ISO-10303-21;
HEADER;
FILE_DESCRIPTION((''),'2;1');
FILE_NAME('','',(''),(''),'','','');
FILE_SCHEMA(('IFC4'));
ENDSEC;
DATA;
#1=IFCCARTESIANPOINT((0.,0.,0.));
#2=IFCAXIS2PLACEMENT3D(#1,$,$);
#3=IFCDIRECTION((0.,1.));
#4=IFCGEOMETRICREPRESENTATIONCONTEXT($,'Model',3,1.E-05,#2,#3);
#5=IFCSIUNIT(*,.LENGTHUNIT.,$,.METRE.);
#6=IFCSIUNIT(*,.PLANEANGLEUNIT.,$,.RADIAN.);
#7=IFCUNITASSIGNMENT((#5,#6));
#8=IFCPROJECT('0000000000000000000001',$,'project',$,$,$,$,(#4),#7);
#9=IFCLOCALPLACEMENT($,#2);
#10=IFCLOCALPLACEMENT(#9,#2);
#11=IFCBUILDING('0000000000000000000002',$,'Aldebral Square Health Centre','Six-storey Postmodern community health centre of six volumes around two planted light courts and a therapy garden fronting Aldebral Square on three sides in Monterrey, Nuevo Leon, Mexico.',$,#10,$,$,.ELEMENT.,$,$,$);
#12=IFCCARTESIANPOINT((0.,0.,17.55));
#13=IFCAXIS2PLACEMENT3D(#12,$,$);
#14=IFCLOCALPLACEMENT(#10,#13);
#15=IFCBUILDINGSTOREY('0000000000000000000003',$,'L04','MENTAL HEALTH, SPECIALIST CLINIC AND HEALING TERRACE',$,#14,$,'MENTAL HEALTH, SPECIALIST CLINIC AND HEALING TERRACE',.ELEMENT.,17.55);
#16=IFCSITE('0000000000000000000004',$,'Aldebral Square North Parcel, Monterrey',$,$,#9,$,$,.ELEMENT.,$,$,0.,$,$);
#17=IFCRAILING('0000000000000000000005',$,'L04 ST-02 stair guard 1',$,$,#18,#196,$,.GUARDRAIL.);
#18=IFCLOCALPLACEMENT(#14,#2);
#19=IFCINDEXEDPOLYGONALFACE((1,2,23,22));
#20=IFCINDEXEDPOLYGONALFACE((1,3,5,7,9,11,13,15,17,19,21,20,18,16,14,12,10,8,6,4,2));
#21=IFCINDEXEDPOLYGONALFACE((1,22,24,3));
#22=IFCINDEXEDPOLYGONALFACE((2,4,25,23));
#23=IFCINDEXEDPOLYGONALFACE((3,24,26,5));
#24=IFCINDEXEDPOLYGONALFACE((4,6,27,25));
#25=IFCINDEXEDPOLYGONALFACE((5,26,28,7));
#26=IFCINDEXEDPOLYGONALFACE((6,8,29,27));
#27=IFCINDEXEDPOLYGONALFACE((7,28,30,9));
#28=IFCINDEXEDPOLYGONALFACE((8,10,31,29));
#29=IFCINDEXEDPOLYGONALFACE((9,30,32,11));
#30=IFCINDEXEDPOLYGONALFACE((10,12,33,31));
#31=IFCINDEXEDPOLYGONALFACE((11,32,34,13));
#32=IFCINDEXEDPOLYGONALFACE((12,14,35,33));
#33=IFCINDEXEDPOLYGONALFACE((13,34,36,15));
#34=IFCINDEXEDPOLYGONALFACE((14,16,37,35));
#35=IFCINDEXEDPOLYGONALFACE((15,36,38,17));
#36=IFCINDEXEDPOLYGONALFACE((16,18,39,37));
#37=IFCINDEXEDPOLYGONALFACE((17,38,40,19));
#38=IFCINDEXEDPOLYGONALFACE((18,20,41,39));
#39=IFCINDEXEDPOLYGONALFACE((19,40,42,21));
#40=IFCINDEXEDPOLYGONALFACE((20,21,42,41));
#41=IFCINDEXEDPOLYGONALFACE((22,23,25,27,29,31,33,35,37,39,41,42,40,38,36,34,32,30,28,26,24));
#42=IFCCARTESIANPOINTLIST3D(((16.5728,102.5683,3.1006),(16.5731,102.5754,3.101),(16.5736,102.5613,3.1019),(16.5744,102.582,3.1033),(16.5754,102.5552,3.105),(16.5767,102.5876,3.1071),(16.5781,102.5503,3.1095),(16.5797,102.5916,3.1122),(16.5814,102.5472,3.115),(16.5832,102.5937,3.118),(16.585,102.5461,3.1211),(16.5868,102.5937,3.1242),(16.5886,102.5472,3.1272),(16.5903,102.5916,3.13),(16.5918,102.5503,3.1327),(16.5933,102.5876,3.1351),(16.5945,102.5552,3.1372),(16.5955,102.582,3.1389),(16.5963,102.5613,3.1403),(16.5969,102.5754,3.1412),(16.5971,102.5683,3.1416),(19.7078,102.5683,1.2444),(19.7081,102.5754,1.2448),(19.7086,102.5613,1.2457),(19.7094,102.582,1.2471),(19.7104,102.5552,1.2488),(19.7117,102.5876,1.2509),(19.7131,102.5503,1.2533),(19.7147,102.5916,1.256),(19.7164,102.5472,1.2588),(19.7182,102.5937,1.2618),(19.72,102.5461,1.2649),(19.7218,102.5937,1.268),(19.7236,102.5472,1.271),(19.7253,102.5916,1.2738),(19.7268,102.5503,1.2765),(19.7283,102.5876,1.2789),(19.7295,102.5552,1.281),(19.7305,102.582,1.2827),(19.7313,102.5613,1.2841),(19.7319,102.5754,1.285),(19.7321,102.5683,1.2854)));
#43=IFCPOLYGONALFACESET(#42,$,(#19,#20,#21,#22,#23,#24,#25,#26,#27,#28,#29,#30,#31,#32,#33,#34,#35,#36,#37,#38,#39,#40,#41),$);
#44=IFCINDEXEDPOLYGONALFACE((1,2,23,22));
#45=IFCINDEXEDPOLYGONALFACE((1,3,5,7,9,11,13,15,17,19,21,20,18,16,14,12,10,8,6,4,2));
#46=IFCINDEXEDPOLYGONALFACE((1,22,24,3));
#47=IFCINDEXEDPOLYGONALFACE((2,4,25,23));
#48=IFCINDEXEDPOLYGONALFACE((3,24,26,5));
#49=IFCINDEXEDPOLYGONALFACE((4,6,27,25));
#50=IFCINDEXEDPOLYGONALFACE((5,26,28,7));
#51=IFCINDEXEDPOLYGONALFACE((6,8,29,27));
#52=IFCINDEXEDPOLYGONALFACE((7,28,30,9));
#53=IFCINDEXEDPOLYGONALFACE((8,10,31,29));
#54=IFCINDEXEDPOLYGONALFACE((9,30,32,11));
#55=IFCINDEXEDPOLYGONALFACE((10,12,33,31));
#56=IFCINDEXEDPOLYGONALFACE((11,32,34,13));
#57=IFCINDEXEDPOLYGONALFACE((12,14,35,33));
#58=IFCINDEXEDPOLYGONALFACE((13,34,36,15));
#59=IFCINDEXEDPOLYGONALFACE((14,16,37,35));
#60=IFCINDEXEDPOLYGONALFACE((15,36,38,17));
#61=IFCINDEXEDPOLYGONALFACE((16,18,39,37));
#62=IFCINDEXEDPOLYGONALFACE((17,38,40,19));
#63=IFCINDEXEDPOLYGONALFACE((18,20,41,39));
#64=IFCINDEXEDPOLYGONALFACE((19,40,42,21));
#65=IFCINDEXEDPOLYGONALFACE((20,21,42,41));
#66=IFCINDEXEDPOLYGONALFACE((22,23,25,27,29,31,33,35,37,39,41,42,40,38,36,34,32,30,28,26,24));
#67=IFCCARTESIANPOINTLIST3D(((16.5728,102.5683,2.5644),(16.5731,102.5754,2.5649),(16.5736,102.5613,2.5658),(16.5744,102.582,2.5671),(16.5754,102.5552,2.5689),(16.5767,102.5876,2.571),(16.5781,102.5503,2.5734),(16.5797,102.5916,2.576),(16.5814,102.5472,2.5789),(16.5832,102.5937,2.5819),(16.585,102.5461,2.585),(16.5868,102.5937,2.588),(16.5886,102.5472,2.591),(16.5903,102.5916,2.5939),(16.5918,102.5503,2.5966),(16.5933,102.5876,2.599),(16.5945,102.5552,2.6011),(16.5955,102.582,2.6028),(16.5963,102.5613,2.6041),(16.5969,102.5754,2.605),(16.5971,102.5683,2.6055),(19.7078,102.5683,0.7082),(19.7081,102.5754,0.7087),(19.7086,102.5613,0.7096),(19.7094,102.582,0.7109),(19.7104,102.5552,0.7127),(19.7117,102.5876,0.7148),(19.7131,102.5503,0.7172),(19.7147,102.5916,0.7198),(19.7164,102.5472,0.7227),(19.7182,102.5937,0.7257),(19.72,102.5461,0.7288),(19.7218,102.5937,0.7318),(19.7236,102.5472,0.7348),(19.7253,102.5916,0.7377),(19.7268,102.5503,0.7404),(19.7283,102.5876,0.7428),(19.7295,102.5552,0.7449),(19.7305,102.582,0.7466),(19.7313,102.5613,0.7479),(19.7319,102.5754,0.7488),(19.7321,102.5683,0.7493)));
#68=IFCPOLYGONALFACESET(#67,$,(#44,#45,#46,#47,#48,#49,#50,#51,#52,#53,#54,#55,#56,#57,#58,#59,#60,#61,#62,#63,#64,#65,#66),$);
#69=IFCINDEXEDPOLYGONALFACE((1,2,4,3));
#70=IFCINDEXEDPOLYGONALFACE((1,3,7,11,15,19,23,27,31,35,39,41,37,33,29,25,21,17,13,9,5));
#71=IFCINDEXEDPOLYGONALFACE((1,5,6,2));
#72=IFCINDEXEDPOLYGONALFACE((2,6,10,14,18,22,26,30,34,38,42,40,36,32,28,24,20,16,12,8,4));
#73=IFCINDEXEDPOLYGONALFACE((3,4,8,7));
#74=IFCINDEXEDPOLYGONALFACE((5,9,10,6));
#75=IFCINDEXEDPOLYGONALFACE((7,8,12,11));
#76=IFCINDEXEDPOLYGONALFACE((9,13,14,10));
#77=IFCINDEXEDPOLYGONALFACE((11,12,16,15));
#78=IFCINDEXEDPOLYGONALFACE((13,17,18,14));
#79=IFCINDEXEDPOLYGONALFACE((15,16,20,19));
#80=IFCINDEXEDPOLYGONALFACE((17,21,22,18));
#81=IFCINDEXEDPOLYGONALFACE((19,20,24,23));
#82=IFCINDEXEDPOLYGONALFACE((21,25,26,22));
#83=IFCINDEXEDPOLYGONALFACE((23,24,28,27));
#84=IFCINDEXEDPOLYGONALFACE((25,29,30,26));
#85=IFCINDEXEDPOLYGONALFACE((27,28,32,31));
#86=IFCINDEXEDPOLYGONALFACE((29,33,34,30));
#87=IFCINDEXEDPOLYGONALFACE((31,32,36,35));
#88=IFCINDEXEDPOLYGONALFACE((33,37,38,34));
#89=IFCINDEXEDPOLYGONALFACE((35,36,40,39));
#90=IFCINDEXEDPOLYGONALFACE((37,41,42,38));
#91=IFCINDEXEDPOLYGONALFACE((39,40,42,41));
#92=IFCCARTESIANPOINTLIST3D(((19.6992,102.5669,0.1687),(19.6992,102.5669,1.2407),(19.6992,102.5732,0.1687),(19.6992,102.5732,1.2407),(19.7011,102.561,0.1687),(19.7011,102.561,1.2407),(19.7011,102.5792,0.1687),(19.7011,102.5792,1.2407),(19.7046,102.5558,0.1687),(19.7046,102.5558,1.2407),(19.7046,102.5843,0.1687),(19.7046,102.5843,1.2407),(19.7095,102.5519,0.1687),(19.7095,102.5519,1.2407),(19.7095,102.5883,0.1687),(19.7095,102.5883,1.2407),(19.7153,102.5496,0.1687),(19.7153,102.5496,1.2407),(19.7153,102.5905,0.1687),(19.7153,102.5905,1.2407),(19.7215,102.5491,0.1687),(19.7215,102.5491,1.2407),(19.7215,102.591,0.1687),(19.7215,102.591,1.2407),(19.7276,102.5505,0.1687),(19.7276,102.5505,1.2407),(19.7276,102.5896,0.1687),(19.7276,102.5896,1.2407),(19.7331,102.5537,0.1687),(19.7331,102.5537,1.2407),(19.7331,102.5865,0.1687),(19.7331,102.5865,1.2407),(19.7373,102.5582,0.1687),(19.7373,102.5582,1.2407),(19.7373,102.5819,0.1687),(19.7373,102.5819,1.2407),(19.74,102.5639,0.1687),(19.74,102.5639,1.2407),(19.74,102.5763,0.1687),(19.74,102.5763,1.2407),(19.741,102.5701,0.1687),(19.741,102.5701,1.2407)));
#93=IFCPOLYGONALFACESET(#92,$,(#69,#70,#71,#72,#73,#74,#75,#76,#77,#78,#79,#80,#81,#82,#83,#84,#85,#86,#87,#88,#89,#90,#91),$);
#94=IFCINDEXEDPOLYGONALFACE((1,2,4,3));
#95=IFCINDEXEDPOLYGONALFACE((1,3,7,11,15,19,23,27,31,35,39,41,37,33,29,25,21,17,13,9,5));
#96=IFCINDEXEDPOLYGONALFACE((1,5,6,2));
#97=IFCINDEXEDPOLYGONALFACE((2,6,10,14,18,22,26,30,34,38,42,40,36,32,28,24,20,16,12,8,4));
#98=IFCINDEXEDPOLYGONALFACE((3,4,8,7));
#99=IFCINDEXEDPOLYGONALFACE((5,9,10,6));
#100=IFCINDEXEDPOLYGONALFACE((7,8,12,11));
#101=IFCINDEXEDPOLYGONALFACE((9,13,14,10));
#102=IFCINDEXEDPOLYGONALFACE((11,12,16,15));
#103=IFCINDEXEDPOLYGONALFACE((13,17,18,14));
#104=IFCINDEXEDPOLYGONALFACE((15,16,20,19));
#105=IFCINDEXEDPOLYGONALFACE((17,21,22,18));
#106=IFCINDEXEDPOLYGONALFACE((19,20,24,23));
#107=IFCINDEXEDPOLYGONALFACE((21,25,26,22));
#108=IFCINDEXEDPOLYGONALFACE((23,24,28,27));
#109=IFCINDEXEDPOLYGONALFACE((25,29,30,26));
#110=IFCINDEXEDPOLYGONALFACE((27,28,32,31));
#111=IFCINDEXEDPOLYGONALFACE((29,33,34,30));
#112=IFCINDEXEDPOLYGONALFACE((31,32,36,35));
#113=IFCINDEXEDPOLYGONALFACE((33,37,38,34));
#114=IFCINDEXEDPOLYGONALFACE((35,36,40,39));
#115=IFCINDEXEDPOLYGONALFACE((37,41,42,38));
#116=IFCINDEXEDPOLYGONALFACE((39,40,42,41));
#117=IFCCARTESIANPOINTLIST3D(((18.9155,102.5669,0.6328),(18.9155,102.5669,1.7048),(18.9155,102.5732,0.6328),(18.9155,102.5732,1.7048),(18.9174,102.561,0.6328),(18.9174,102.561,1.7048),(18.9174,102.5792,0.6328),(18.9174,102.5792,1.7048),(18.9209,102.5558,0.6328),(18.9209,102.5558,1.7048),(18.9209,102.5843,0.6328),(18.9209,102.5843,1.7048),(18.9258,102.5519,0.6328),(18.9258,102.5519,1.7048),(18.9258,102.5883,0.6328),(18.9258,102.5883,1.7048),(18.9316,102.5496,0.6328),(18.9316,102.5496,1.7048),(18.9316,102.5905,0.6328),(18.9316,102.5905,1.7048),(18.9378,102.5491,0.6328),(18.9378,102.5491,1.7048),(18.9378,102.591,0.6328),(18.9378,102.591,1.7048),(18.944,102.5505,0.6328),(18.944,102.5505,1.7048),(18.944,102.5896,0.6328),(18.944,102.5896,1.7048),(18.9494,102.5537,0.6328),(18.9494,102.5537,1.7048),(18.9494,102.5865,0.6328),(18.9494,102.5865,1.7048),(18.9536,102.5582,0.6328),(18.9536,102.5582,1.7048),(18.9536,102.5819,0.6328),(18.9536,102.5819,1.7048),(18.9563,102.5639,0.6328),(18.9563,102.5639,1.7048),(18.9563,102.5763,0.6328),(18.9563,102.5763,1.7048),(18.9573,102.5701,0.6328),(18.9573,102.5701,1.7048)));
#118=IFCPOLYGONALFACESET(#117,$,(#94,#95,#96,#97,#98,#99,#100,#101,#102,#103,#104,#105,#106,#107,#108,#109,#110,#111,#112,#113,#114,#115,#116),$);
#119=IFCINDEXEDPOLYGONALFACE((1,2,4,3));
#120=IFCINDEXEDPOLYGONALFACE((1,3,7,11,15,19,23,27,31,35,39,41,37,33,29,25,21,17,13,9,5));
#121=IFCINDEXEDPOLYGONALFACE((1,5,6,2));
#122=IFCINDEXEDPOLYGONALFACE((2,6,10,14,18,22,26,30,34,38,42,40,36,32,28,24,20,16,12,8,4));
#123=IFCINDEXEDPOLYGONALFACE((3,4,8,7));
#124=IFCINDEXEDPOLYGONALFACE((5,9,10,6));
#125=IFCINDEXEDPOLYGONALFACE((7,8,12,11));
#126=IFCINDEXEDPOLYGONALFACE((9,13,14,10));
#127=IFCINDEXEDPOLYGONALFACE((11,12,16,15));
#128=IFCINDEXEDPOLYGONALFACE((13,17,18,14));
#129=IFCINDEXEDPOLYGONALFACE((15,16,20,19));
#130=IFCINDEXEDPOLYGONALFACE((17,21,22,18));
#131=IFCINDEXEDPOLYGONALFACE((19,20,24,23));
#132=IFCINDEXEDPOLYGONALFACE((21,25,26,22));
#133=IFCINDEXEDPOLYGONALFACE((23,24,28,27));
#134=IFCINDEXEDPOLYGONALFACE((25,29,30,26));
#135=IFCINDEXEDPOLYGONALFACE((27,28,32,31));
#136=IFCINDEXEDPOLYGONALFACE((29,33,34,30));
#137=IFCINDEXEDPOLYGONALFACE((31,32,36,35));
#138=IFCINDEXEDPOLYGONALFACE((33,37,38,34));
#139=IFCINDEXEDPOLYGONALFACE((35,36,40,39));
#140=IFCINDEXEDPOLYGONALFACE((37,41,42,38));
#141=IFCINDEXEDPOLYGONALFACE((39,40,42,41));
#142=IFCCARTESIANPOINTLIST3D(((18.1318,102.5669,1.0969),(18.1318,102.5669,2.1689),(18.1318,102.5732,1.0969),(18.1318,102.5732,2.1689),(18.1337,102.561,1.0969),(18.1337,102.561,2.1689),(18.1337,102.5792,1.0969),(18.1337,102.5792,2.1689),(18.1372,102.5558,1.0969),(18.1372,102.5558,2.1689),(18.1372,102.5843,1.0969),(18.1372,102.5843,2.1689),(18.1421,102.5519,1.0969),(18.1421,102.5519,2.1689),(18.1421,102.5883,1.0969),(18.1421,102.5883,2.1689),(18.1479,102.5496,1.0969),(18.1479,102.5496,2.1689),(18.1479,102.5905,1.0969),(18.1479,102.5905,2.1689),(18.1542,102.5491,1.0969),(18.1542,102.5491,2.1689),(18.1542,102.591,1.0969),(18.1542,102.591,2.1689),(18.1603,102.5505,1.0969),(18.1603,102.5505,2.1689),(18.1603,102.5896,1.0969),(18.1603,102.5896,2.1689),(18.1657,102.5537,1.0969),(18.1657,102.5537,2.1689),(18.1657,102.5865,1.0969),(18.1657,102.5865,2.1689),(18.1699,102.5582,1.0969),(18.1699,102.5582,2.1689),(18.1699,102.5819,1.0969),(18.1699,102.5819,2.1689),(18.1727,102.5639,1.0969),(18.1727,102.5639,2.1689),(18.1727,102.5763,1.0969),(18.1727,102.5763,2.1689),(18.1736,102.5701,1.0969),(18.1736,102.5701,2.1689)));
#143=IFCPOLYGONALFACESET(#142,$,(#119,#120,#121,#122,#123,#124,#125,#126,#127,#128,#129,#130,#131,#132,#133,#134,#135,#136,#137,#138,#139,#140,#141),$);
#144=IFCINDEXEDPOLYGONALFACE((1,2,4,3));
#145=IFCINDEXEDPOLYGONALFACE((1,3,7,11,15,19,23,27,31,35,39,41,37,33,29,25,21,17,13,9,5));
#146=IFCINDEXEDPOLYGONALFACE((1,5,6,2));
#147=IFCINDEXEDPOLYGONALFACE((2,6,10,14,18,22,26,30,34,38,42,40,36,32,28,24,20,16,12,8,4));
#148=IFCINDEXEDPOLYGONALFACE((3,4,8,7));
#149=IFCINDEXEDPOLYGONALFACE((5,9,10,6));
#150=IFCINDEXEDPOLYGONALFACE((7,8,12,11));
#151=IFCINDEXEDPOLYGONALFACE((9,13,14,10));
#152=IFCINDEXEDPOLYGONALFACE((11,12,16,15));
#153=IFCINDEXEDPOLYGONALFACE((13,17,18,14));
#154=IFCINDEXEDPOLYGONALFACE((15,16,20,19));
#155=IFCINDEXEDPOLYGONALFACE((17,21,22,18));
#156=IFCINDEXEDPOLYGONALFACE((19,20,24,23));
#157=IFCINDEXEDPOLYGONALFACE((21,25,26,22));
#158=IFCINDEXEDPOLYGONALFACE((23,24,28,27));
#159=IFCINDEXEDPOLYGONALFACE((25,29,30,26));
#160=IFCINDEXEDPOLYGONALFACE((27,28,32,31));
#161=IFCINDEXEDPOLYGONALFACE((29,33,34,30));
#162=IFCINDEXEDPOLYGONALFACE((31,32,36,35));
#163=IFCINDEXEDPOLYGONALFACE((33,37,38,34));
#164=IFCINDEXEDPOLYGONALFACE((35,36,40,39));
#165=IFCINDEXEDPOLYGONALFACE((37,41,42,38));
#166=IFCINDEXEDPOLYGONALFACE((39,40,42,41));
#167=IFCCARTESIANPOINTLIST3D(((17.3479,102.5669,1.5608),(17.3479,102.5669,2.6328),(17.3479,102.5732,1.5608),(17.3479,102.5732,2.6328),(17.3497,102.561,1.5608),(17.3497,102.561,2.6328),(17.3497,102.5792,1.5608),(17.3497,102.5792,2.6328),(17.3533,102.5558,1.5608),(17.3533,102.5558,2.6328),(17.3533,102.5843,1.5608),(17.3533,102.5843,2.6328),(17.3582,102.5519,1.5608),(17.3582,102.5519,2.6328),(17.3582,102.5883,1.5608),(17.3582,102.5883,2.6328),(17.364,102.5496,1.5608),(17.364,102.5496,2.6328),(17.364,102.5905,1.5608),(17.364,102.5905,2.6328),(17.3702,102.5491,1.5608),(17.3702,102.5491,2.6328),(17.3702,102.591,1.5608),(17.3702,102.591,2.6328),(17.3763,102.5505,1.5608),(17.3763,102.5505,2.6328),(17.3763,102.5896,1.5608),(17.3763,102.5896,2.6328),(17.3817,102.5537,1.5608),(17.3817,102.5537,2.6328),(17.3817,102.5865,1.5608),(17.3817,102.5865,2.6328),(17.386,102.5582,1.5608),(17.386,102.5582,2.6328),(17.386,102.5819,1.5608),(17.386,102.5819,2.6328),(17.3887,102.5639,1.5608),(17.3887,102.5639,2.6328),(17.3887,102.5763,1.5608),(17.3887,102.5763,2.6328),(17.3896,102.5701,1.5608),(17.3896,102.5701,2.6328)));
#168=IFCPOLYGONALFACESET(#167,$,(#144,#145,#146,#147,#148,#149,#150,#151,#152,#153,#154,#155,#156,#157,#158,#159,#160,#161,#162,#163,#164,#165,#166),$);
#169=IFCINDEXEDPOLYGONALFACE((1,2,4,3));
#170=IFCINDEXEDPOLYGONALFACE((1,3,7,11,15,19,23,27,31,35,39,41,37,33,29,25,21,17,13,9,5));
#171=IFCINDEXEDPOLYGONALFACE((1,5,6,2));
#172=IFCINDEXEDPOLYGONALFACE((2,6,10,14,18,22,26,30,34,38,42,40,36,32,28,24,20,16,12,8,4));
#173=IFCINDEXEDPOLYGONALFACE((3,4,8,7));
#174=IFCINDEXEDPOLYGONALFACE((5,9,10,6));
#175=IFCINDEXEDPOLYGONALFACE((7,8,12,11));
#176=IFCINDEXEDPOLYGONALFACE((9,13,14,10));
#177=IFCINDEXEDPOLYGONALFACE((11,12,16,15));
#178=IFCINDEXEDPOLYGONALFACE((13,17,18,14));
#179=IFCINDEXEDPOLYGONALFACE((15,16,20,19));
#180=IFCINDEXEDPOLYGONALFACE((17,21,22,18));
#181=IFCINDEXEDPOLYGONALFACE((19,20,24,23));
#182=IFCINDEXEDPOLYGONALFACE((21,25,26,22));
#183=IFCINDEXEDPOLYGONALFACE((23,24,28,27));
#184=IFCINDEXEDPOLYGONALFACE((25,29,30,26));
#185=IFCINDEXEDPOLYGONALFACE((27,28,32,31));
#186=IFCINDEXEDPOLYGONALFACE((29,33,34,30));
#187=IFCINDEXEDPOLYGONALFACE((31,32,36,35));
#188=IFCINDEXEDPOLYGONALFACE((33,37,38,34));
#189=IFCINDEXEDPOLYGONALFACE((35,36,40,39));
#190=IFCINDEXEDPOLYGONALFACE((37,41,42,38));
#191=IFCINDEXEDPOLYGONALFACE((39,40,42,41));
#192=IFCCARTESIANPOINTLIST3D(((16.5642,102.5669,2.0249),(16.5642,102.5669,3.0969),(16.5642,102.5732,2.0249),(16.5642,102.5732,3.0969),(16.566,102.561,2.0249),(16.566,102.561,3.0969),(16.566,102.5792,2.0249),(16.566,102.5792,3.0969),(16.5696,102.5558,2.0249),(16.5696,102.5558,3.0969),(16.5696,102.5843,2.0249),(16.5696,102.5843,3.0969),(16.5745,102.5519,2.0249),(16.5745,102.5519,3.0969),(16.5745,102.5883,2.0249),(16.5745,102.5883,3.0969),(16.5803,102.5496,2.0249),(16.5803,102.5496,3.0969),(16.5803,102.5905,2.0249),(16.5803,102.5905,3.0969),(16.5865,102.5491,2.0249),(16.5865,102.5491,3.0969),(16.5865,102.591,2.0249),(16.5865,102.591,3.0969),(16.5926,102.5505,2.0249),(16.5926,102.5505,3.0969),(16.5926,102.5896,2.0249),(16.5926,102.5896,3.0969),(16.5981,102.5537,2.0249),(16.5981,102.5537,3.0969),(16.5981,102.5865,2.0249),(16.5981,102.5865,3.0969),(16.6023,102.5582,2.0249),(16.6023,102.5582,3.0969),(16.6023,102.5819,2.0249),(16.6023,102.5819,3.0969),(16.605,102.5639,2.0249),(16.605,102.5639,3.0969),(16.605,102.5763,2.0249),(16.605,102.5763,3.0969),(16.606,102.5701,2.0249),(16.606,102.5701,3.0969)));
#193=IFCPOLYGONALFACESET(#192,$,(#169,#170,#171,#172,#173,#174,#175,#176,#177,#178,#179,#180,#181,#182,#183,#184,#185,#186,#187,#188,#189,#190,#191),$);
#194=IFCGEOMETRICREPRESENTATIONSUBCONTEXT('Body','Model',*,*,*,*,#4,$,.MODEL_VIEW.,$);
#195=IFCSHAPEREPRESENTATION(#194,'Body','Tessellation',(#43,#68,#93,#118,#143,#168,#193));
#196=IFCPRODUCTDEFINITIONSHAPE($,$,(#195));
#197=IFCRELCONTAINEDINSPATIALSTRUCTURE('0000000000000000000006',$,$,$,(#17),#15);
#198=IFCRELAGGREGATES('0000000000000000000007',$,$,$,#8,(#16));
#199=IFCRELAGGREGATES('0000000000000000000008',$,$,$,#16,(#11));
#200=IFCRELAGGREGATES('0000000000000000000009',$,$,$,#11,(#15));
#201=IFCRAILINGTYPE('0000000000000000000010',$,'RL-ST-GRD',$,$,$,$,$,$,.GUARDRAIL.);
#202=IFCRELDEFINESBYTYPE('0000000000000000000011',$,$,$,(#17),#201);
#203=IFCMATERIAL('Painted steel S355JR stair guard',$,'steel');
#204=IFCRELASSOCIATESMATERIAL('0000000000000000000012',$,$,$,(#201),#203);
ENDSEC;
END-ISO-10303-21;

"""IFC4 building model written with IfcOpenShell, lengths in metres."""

from ifc_helpers import new_model, si_unit, direction, frame, origin, origin_2d, place, context, subcontext, project, spatial, circle, extrude, material, type_object, element, save


model = new_model("IFC4")

# Units and contexts
model_context = context("Model", 3, precision=1e-05, world=origin(), true_north=direction((0.0, 1.0)))
body_context = subcontext(model_context, "Body", "Model", "MODEL_VIEW")
ifc_project = project(units=[si_unit("LENGTHUNIT", "METRE"), si_unit("PLANEANGLEUNIT", "RADIAN")], contexts=[model_context])

# Site, building, storey
site_placement = place(None, origin())
site = spatial("IfcSite", under=ifc_project, at=site_placement, Name="Aldebral Square North Parcel, Monterrey", CompositionType="ELEMENT", RefElevation=0.0)
building_placement = place(site_placement, origin())
building = spatial("IfcBuilding", under=site, at=building_placement, Name="Aldebral Square Health Centre", Description="Six-storey Postmodern community health centre of six volumes around two planted light courts and a therapy garden fronting Aldebral Square on three sides in Monterrey, Nuevo Leon, Mexico.", CompositionType="ELEMENT")
storey_placement = place(building_placement, frame((0.0, 0.0, 17.55)))
storey = spatial("IfcBuildingStorey", under=building, at=storey_placement, Name="L04", Description="MENTAL HEALTH, SPECIALIST CLINIC AND HEALING TERRACE", LongName="MENTAL HEALTH, SPECIALIST CLINIC AND HEALING TERRACE", CompositionType="ELEMENT", Elevation=17.55)

# Railing
ifc_material_1 = material(Name="Painted steel S355JR stair guard", Category="steel")
railing_type_1 = type_object("IfcRailingType", Name="RL-ST-GRD", PredefinedType="GUARDRAIL", material=ifc_material_1)
railing_1_placement = place(storey_placement, frame((19.72, 102.5701, 0.1687)))
element("IfcRailing", 1, at=railing_1_placement, inside=storey, type_object=railing_type_1, Name="L04 ST-02 stair guard 1", PredefinedType="GUARDRAIL", context=body_context, shape_type="SweptSolid", body=[
    extrude(circle(Radius=0.0239, at=origin_2d()), frame((0.0, 0.0, 1.0962), z_axis=(-0.860482, 0.0, 0.509481), x_axis=(0.0, -1.0, 0.0)), (0.0, 0.0, 1.0), 3.6433),
    extrude(circle(Radius=0.0239, at=origin_2d()), frame((0.0, 0.0, 0.5601), z_axis=(-0.860482, 0.0, 0.509481), x_axis=(0.0, -1.0, 0.0)), (0.0, 0.0, 1.0), 3.6433),
    extrude(circle(Radius=0.021, at=origin_2d()), origin(), (0.0, 0.0, 1.0), 1.072),
    extrude(circle(Radius=0.021, at=origin_2d()), frame((-0.7837, 0.0, 0.4641)), (0.0, 0.0, 1.0), 1.072),
    extrude(circle(Radius=0.021, at=origin_2d()), frame((-1.5674, 0.0, 0.9282)), (0.0, 0.0, 1.0), 1.072),
    extrude(circle(Radius=0.021, at=origin_2d()), frame((-2.3513, 0.0, 1.3921)), (0.0, 0.0, 1.0), 1.072),
    extrude(circle(Radius=0.021, at=origin_2d()), frame((-3.135, 0.0, 1.8562)), (0.0, 0.0, 1.0), 1.072),
])

save(model, "model.ifc")
